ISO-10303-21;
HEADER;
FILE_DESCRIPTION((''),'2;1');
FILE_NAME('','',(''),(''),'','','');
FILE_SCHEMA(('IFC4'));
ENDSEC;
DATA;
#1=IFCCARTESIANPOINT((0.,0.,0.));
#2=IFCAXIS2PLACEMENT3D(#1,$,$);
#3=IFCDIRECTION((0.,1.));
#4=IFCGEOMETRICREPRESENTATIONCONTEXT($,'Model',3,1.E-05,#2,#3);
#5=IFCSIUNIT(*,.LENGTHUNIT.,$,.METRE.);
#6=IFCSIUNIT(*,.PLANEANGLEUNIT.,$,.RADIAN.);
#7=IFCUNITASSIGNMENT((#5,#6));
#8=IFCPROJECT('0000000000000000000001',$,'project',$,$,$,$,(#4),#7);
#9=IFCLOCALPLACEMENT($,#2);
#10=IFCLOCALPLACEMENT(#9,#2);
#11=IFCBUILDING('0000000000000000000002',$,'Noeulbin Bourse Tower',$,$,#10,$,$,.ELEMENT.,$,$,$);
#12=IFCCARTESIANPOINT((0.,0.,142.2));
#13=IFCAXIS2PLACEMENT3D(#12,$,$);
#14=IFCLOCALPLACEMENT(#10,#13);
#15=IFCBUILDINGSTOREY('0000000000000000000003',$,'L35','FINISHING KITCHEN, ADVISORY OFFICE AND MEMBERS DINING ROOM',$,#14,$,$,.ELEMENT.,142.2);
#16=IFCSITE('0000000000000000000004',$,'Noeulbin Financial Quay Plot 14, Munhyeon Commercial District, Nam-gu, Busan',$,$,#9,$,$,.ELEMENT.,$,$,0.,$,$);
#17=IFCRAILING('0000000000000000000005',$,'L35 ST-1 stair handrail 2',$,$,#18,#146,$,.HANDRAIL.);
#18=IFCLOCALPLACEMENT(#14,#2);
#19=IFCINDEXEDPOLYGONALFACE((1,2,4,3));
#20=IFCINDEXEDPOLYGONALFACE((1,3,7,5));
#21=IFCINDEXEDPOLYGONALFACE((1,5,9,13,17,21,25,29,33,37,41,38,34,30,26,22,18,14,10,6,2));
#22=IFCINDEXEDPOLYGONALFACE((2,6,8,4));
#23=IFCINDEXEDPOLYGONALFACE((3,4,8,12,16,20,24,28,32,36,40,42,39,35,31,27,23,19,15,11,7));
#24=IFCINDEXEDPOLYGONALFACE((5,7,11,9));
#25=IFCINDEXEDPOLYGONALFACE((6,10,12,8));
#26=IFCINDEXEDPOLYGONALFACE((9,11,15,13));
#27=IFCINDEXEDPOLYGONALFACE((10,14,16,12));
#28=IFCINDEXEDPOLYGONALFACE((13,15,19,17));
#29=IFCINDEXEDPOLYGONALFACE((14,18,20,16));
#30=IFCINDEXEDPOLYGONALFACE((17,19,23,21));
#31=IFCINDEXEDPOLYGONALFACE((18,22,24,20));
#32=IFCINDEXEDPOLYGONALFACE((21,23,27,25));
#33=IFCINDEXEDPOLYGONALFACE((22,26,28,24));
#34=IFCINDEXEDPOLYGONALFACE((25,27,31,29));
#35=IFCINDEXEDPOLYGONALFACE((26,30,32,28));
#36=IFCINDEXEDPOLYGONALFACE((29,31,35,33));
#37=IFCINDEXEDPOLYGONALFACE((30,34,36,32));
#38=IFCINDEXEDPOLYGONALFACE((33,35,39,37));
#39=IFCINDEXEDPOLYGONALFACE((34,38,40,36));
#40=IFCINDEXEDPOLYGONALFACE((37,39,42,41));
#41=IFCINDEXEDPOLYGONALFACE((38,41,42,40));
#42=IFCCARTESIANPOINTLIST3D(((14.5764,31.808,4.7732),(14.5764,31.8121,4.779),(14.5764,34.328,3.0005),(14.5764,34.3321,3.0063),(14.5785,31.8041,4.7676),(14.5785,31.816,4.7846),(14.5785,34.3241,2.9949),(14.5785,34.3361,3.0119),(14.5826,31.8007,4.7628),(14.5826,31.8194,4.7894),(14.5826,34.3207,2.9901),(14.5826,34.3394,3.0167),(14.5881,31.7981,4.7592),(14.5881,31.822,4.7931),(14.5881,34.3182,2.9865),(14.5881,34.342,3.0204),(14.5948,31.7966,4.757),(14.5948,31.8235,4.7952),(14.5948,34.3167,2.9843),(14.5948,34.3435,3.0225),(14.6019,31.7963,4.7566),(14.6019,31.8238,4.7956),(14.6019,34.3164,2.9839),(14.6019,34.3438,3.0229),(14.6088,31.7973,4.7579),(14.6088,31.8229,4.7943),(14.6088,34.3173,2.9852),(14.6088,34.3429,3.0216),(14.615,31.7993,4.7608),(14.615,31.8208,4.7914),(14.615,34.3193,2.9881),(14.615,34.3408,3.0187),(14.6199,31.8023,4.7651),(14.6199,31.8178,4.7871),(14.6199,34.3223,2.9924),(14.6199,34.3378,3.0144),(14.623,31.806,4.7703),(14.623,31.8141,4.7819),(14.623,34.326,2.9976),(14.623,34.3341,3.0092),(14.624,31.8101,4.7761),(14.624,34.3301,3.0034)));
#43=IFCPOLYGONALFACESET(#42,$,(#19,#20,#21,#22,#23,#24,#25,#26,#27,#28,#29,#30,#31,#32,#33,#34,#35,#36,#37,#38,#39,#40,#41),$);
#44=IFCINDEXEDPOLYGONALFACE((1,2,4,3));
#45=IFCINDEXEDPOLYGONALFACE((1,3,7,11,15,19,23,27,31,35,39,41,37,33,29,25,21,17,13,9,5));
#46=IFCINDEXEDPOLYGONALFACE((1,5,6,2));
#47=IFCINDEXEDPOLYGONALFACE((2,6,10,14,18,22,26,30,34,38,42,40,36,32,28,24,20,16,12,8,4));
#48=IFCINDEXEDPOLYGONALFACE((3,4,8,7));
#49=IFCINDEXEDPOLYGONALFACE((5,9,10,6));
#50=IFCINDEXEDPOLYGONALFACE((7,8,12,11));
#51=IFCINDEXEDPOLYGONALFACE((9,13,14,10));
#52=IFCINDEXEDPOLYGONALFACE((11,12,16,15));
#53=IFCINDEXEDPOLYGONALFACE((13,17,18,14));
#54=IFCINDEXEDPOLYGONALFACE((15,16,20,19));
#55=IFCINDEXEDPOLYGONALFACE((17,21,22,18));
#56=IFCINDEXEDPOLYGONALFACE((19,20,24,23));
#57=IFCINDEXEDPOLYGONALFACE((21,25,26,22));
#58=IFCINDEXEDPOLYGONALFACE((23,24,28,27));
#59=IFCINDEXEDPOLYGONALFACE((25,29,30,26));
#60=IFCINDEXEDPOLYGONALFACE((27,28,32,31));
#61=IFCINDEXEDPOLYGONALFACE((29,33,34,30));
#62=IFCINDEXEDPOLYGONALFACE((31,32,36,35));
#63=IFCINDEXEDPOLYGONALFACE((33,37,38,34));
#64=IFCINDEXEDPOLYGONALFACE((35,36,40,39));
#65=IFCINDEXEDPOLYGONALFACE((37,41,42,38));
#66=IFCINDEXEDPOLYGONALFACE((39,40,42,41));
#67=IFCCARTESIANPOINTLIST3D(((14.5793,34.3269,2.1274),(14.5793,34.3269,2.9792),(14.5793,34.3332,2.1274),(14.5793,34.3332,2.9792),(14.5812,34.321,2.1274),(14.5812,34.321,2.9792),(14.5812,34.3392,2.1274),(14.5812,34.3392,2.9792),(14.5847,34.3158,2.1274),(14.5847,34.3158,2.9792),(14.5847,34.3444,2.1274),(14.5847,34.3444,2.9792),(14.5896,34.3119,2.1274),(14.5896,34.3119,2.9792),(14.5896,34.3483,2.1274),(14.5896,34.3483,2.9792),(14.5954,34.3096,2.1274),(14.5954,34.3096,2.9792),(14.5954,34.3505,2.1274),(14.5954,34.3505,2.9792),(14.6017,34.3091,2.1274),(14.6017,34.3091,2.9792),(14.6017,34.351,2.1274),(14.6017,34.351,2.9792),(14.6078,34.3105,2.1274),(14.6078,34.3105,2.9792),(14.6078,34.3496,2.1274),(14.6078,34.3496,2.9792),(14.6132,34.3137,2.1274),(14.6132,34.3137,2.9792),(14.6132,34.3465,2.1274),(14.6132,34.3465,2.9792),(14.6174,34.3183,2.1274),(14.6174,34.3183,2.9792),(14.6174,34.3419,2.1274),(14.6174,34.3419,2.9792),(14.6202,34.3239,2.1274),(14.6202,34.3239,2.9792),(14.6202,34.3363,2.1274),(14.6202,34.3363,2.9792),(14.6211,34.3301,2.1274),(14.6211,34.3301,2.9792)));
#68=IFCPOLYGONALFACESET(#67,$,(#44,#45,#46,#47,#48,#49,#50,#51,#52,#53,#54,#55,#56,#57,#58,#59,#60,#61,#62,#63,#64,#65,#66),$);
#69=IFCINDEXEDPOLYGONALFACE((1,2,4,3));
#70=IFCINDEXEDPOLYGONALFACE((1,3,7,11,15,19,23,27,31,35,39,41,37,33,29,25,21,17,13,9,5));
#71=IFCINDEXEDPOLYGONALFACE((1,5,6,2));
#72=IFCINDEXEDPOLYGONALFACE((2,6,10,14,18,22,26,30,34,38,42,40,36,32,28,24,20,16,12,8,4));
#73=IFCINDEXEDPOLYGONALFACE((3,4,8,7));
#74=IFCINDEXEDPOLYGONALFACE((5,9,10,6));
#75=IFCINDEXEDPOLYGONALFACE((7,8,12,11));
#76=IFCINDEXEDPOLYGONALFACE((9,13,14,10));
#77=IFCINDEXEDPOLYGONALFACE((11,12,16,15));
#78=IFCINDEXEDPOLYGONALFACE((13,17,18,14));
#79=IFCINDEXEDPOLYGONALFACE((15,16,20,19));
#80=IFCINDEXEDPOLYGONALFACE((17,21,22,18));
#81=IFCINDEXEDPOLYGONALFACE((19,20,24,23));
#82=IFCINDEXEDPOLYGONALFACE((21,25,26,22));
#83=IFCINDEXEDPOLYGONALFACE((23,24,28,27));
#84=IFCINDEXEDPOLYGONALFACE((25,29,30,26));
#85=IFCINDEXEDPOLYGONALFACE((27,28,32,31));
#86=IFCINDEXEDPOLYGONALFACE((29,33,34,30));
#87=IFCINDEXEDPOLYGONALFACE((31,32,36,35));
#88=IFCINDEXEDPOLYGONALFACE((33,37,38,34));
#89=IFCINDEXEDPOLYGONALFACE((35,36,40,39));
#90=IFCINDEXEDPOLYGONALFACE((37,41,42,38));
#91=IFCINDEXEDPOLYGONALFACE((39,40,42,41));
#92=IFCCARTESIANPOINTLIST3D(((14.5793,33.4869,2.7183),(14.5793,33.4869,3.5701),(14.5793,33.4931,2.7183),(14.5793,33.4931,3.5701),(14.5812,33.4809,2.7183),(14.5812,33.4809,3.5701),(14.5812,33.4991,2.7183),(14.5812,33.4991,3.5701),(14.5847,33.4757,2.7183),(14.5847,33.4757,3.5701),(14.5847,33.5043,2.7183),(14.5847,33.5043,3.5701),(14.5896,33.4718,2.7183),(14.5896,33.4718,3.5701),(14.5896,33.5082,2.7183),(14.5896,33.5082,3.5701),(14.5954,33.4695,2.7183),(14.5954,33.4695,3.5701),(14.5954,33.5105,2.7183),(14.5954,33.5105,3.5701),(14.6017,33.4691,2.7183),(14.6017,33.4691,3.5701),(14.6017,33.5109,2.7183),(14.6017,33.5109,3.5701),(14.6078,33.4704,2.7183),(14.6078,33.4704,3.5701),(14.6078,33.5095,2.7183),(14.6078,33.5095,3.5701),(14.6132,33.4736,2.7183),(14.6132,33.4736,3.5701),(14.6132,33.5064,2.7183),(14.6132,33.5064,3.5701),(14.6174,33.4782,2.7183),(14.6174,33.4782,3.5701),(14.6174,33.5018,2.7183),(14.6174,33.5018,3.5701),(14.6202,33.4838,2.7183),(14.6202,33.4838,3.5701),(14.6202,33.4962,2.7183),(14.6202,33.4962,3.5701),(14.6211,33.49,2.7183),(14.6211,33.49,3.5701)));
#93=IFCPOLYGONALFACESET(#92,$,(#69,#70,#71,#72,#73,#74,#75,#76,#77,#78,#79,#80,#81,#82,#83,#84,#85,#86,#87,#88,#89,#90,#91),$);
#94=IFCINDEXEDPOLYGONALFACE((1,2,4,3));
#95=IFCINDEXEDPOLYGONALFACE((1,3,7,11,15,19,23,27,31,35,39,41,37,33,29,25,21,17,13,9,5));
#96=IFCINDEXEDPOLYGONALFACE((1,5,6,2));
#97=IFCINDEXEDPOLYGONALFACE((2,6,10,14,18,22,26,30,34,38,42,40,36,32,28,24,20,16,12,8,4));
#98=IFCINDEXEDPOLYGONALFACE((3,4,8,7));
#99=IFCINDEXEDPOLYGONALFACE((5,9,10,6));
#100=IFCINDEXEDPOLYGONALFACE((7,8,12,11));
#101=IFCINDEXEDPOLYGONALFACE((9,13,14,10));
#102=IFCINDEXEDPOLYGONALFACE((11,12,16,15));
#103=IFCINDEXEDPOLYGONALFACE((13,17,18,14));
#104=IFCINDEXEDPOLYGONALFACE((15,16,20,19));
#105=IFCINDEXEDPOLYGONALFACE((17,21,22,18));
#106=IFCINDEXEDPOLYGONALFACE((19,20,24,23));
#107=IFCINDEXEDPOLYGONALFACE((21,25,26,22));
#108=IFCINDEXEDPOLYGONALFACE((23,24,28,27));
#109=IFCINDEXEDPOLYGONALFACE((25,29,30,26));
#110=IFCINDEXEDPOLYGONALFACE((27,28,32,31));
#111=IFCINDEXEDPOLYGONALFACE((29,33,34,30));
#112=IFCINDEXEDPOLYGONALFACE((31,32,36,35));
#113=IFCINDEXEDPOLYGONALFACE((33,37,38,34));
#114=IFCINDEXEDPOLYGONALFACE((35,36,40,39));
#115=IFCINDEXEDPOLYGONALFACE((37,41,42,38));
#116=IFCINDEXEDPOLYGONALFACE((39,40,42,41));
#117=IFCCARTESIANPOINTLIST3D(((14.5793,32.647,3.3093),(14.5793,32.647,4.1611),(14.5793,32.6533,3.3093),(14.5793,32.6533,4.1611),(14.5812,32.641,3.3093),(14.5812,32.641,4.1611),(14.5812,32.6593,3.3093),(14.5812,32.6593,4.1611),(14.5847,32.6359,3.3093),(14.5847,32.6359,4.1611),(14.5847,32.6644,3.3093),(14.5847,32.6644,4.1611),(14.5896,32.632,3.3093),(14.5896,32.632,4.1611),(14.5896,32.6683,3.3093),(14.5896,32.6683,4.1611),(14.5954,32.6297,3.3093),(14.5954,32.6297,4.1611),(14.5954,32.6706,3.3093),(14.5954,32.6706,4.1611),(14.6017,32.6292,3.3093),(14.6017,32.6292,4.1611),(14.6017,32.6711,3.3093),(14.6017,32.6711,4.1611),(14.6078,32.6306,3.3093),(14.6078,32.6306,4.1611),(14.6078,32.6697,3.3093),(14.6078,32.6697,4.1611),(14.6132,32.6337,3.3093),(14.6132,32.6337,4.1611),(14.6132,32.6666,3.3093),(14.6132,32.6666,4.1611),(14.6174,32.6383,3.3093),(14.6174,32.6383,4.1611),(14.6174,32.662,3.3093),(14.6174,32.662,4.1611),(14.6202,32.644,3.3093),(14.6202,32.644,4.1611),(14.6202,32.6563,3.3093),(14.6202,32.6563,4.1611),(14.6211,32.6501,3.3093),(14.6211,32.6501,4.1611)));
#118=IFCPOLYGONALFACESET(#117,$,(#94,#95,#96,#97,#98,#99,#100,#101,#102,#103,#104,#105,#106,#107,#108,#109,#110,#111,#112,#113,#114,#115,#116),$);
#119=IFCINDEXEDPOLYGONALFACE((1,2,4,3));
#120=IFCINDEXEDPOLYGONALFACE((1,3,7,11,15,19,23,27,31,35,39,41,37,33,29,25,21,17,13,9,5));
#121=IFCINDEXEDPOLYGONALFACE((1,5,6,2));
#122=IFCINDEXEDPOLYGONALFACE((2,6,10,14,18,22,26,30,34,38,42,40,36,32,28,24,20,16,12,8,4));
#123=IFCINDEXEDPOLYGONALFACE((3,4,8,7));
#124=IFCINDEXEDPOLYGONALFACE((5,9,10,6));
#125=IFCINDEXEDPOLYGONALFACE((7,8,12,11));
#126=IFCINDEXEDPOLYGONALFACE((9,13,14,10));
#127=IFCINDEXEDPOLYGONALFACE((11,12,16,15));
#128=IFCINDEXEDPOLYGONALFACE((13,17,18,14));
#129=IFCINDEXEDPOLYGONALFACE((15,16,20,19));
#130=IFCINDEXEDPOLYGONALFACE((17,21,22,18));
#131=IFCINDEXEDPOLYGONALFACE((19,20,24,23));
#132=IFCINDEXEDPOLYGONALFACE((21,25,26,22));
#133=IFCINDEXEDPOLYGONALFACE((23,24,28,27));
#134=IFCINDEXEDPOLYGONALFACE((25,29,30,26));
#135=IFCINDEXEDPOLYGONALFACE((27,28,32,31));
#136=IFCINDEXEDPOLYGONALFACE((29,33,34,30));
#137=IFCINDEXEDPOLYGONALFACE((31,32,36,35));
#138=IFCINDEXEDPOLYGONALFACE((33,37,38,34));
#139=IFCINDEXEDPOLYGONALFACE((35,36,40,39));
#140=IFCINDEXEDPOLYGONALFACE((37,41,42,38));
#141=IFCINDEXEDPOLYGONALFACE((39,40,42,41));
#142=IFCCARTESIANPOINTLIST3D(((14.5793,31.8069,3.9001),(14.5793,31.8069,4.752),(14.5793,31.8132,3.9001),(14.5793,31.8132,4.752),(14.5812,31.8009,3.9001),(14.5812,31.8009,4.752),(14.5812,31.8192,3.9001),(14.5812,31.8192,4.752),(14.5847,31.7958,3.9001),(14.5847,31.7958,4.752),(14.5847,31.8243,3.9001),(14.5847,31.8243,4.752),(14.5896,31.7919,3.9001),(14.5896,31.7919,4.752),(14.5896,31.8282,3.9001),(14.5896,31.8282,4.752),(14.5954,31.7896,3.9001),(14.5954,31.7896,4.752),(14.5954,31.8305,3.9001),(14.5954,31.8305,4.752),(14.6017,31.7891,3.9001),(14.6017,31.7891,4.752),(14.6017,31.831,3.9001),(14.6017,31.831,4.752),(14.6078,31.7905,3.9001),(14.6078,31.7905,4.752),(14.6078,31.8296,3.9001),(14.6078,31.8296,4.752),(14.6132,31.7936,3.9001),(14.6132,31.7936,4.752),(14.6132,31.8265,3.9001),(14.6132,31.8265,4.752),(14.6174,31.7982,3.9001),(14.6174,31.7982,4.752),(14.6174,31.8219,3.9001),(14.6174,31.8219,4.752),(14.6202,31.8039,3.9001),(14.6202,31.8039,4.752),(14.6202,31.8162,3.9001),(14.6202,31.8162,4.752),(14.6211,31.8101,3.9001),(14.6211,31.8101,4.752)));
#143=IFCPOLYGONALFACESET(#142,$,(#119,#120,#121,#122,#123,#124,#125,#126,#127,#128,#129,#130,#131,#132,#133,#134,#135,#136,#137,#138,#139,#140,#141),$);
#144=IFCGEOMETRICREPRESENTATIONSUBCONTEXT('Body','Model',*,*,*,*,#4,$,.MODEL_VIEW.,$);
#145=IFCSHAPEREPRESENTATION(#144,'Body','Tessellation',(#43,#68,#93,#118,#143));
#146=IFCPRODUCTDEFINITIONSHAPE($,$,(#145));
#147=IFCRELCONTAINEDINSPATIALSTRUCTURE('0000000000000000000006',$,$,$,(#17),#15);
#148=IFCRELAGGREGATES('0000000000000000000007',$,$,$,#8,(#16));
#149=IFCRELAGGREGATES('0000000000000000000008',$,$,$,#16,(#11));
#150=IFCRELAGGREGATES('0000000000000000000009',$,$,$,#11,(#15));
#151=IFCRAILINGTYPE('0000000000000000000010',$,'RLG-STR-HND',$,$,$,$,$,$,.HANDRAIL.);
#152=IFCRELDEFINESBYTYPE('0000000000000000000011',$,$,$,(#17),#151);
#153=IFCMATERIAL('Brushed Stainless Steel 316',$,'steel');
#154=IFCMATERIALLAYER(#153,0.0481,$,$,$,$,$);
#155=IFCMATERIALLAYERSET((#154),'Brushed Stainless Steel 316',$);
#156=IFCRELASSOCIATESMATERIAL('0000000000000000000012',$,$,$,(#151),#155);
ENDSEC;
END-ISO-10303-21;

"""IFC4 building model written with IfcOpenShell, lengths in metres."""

from ifc_helpers import new_model, si_unit, direction, frame, origin, origin_2d, place, context, subcontext, project, spatial, circle, extrude, material, layer, layer_set, type_object, element, save


model = new_model("IFC4")

# Units and contexts
model_context = context("Model", 3, precision=1e-05, world=origin(), true_north=direction((0.0, 1.0)))
body_context = subcontext(model_context, "Body", "Model", "MODEL_VIEW")
ifc_project = project(units=[si_unit("LENGTHUNIT", "METRE"), si_unit("PLANEANGLEUNIT", "RADIAN")], contexts=[model_context])

# Site, building, storey
site_placement = place(None, origin())
site = spatial("IfcSite", under=ifc_project, at=site_placement, Name="Noeulbin Financial Quay Plot 14, Munhyeon Commercial District, Nam-gu, Busan", CompositionType="ELEMENT", RefElevation=0.0)
building_placement = place(site_placement, origin())
building = spatial("IfcBuilding", under=site, at=building_placement, Name="Noeulbin Bourse Tower", CompositionType="ELEMENT")
storey_placement = place(building_placement, frame((0.0, 0.0, 142.2)))
storey = spatial("IfcBuildingStorey", under=building, at=storey_placement, Name="L35", Description="FINISHING KITCHEN, ADVISORY OFFICE AND MEMBERS DINING ROOM", CompositionType="ELEMENT", Elevation=142.2)

# Railing
ifc_material_1 = material(Name="Brushed Stainless Steel 316", Category="steel")
ifc_layer_1 = layer(ifc_material_1, 0.0481)
ifc_layer_set_1 = layer_set([ifc_layer_1], Name="Brushed Stainless Steel 316")
railing_type = type_object("IfcRailingType", Name="RLG-STR-HND", PredefinedType="HANDRAIL", material=ifc_layer_set_1)
railing_placement = place(storey_placement, frame((14.6001, 34.3301, 2.1274)))
element("IfcRailing", 1, at=railing_placement, inside=storey, type_object=railing_type, Name="L35 ST-1 stair handrail 2", PredefinedType="HANDRAIL", context=body_context, shape_type="SweptSolid", body=[
    extrude(circle(Radius=0.0239, at=origin_2d()), frame((0.0, 0.0, 0.876), z_axis=(0.0, -0.817904, 0.575354), x_axis=(1.0, 0.0, 0.0)), (0.0, 0.0, 1.0), 3.0811),
    extrude(circle(Radius=0.021, at=origin_2d()), origin(), (0.0, 0.0, 1.0), 0.8518),
    extrude(circle(Radius=0.021, at=origin_2d()), frame((0.0, -0.8401, 0.5908)), (0.0, 0.0, 1.0), 0.8518),
    extrude(circle(Radius=0.021, at=origin_2d()), frame((0.0, -1.6799, 1.1819)), (0.0, 0.0, 1.0), 0.8518),
    extrude(circle(Radius=0.021, at=origin_2d()), frame((0.0, -2.52, 1.7727)), (0.0, 0.0, 1.0), 0.8518),
])

save(model, "model.ifc")
